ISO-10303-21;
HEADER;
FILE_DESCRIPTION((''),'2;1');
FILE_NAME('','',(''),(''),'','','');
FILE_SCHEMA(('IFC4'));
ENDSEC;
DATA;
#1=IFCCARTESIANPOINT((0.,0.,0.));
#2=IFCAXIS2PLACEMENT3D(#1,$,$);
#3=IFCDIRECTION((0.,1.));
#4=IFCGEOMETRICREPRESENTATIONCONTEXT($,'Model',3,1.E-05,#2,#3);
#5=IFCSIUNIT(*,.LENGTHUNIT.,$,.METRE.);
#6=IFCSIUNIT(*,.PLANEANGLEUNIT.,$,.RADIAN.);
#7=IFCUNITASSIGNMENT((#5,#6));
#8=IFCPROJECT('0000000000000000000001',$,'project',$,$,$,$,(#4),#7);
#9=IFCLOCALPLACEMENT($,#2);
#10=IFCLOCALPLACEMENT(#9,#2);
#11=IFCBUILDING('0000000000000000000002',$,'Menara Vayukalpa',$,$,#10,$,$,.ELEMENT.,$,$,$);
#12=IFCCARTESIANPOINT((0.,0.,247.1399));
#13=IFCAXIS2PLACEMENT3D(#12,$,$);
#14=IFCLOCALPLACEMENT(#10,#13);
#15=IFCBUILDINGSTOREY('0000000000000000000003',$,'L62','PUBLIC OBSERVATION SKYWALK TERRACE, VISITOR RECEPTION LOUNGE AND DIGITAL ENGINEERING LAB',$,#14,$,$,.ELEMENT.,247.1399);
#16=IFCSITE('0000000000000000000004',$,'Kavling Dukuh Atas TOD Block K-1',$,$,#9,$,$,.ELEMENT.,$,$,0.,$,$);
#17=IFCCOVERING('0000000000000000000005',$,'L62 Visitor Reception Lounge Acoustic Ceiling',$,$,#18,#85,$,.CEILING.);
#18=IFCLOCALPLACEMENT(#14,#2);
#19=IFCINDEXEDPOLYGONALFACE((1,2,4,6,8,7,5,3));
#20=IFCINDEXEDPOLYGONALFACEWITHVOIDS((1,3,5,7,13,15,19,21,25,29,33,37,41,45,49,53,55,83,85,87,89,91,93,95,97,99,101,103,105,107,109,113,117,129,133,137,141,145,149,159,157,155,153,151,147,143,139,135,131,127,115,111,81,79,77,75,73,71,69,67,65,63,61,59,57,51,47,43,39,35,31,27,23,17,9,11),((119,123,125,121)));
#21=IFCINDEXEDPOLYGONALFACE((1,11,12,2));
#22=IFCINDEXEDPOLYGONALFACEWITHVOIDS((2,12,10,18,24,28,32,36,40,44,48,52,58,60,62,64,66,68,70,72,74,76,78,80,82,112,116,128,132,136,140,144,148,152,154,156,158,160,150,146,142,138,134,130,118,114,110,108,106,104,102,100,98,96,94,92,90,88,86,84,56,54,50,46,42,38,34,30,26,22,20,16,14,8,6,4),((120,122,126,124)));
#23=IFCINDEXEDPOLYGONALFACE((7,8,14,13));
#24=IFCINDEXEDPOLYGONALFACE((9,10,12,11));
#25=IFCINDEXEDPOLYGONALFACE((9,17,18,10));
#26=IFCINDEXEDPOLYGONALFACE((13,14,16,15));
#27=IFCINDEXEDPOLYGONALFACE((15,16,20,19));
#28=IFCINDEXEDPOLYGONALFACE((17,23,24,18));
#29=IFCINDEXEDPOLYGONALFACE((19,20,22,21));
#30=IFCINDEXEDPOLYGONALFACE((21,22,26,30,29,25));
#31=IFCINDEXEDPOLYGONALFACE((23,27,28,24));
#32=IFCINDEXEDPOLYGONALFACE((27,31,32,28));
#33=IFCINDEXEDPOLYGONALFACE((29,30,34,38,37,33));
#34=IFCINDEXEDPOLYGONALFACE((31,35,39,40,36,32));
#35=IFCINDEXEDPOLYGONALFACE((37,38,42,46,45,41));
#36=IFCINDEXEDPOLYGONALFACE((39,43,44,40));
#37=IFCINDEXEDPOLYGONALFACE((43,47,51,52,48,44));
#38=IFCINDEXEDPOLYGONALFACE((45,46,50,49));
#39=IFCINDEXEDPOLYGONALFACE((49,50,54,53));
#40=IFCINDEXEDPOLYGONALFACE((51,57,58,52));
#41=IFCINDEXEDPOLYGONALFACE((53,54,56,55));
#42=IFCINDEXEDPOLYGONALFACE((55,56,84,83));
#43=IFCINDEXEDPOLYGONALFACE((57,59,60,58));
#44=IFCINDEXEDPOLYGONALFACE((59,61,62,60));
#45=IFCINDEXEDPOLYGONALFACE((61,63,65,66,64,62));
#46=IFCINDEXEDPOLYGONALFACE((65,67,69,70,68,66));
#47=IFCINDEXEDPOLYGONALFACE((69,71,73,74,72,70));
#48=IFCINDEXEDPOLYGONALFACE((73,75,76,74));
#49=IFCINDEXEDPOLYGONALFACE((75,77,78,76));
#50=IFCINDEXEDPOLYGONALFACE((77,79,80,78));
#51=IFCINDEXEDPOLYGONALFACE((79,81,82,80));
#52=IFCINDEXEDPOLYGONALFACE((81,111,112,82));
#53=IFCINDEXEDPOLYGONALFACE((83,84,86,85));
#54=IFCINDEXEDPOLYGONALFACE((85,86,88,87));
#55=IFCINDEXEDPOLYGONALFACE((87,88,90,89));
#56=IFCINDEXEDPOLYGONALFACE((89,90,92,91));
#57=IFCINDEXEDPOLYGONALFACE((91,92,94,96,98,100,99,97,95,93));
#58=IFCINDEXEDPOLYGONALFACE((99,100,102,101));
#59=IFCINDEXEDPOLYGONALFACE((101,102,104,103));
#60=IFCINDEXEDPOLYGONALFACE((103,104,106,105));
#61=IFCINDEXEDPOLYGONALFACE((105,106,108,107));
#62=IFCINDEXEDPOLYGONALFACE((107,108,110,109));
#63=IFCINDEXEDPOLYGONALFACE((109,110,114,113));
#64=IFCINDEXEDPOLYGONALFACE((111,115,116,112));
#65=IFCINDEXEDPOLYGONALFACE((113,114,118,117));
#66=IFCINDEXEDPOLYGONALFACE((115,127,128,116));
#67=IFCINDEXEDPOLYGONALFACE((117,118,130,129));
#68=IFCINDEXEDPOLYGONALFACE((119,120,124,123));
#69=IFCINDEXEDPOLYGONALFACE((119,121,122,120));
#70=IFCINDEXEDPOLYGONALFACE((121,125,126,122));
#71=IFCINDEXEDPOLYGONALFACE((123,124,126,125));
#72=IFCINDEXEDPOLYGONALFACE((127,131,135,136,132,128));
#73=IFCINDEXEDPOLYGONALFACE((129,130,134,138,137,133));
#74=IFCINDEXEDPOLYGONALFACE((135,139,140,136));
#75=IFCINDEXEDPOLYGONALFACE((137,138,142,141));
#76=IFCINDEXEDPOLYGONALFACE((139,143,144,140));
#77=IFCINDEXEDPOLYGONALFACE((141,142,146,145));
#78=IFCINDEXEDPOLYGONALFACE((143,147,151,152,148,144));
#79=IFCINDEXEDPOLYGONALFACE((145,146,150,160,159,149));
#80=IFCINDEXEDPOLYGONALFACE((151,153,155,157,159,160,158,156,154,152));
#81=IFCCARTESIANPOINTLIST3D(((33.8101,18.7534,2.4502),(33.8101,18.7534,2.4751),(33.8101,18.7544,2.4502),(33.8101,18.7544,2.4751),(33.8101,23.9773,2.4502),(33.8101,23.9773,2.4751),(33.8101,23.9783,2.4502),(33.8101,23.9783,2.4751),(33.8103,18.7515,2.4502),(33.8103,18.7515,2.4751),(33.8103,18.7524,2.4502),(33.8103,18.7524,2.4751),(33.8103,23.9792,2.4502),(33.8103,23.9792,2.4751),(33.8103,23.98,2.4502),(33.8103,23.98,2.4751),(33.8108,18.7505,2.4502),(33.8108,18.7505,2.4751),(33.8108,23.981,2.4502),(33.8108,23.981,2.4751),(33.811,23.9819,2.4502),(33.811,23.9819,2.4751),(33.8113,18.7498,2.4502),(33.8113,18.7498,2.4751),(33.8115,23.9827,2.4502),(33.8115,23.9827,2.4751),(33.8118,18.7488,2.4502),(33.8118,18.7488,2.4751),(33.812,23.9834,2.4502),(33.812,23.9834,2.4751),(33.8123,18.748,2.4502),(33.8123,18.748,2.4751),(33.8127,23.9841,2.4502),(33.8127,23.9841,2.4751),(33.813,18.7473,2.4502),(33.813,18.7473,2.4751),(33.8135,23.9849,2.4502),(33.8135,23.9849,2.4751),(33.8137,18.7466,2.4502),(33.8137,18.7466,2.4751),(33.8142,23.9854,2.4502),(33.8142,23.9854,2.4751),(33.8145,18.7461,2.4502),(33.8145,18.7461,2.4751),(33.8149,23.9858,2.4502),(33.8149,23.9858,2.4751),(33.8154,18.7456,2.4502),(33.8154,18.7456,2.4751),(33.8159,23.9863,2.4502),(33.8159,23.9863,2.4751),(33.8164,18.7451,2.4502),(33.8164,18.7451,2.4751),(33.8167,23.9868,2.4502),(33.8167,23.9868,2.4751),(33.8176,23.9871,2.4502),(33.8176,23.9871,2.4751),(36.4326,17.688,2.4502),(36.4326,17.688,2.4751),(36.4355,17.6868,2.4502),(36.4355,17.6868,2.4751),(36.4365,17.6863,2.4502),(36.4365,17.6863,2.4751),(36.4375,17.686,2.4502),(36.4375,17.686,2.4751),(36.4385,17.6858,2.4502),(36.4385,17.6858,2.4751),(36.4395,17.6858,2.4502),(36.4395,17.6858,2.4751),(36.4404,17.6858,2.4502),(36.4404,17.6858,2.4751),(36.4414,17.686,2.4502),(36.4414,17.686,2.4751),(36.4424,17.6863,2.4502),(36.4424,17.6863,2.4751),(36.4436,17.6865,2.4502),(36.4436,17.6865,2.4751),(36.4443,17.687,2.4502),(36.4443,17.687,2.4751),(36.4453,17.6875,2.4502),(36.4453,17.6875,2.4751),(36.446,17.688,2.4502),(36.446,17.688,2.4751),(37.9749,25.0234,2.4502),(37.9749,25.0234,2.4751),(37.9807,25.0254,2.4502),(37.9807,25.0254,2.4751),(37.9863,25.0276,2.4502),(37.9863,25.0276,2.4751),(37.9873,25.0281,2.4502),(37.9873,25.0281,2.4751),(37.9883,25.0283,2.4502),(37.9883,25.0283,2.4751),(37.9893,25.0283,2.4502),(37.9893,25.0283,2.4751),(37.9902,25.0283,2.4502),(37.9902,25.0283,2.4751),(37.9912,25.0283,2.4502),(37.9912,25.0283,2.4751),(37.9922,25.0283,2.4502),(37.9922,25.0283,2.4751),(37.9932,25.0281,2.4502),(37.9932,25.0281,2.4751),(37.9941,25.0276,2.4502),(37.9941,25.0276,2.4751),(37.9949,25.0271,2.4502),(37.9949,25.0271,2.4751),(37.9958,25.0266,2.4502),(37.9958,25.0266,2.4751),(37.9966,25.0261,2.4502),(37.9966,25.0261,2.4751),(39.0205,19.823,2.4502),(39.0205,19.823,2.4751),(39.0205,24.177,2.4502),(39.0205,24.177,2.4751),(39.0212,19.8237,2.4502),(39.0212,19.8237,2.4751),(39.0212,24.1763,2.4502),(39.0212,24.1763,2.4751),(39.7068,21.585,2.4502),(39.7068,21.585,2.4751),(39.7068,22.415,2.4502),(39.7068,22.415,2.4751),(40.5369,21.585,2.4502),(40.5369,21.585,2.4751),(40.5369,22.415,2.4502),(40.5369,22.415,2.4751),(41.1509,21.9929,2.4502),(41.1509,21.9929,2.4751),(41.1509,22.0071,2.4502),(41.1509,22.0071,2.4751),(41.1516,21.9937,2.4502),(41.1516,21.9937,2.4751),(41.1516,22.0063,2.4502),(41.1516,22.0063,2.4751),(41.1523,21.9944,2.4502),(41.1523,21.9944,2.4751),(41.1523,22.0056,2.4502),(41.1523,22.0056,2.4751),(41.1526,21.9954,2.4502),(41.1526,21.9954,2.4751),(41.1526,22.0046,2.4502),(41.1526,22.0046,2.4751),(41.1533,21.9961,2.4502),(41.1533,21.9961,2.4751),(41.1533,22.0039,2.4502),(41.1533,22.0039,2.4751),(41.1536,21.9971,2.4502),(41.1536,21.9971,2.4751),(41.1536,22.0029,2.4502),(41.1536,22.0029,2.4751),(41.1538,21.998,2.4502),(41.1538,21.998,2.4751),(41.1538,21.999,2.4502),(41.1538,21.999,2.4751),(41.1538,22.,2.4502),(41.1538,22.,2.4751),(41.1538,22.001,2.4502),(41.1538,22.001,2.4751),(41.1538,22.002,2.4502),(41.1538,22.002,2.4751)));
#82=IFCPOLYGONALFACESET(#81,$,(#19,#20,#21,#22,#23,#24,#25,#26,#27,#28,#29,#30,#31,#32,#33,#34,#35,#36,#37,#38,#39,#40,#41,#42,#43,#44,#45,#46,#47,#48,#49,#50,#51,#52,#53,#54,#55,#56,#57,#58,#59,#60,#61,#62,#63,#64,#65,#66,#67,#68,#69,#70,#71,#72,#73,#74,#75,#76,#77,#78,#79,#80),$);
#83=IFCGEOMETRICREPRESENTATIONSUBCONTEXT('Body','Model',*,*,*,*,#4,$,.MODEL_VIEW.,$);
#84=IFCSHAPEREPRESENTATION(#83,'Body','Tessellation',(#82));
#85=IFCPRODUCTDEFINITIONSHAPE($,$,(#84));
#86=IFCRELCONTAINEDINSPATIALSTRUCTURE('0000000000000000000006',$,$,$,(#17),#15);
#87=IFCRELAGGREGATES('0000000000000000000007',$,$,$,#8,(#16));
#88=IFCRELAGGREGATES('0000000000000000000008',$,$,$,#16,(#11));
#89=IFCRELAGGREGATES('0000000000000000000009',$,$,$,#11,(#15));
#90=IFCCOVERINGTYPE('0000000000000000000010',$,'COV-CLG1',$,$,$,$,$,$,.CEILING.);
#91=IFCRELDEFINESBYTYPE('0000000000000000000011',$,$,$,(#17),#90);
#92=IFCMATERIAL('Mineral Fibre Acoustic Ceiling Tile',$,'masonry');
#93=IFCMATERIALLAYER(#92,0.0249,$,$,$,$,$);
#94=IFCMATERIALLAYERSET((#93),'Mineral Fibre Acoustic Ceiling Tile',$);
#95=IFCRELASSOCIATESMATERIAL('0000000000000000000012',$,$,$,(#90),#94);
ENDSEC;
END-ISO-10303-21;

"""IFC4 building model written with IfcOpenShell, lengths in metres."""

from ifc_helpers import new_model, si_unit, direction, frame, origin, place, context, subcontext, project, spatial, polyline, outline, extrude, material, layer, layer_set, type_object, element, save


model = new_model("IFC4")

# Units and contexts
model_context = context("Model", 3, precision=1e-05, world=origin(), true_north=direction((0.0, 1.0)))
body_context = subcontext(model_context, "Body", "Model", "MODEL_VIEW")
ifc_project = project(units=[si_unit("LENGTHUNIT", "METRE"), si_unit("PLANEANGLEUNIT", "RADIAN")], contexts=[model_context])

# Site, building, storey
site_placement = place(None, origin())
site = spatial("IfcSite", under=ifc_project, at=site_placement, Name="Kavling Dukuh Atas TOD Block K-1", CompositionType="ELEMENT", RefElevation=0.0)
building_placement = place(site_placement, origin())
building = spatial("IfcBuilding", under=site, at=building_placement, Name="Menara Vayukalpa", CompositionType="ELEMENT")
storey_placement = place(building_placement, frame((0.0, 0.0, 247.1399)))
storey = spatial("IfcBuildingStorey", under=building, at=storey_placement, Name="L62", Description="PUBLIC OBSERVATION SKYWALK TERRACE, VISITOR RECEPTION LOUNGE AND DIGITAL ENGINEERING LAB", CompositionType="ELEMENT", Elevation=247.1399)

# Covering
ifc_material_1 = material(Name="Mineral Fibre Acoustic Ceiling Tile", Category="masonry")
ifc_layer_1 = layer(ifc_material_1, 0.0249)
ifc_layer_set_1 = layer_set([ifc_layer_1], Name="Mineral Fibre Acoustic Ceiling Tile")
covering_type_1 = type_object("IfcCoveringType", Name="COV-CLG1", PredefinedType="CEILING", material=ifc_layer_set_1)
covering_1_placement = place(storey_placement, frame((0.0, 0.0, 2.4502)))
element("IfcCovering", 1, at=covering_1_placement, inside=storey, type_object=covering_type_1, Name="L62 Visitor Reception Lounge Acoustic Ceiling", PredefinedType="CEILING", context=body_context, shape_type="SweptSolid", body=[
    extrude(outline(polyline([(41.1509, 22.0071), (41.1516, 22.0063), (41.1523, 22.0056), (41.1526, 22.0046), (41.1533, 22.0039), (41.1536, 22.0029), (41.1538, 22.002), (41.1538, 22.001), (41.1538, 22.0), (41.1538, 21.999), (41.1538, 21.998), (41.1536, 21.9971), (41.1533, 21.9961), (41.1526, 21.9954), (41.1523, 21.9944), (41.1516, 21.9937), (41.1509, 21.9929), (39.0212, 19.8237), (39.0205, 19.823), (36.446, 17.688), (36.4453, 17.6875), (36.4443, 17.687), (36.4436, 17.6865), (36.4424, 17.6863), (36.4414, 17.686), (36.4404, 17.6858), (36.4395, 17.6858), (36.4385, 17.6858), (36.4375, 17.686), (36.4365, 17.6863), (36.4355, 17.6868), (36.4326, 17.688), (33.8164, 18.7451), (33.8154, 18.7456), (33.8145, 18.7461), (33.8137, 18.7466), (33.813, 18.7473), (33.8123, 18.748), (33.8118, 18.7488), (33.8113, 18.7498), (33.8108, 18.7505), (33.8103, 18.7515), (33.8103, 18.7524), (33.8101, 18.7534), (33.8101, 18.7544), (33.8101, 23.9773), (33.8101, 23.9783), (33.8103, 23.9792), (33.8103, 23.98), (33.8108, 23.981), (33.811, 23.9819), (33.8115, 23.9827), (33.812, 23.9834), (33.8127, 23.9841), (33.8135, 23.9849), (33.8142, 23.9854), (33.8149, 23.9858), (33.8159, 23.9863), (33.8167, 23.9868), (33.8176, 23.9871), (37.9749, 25.0234), (37.9807, 25.0254), (37.9863, 25.0276), (37.9873, 25.0281), (37.9883, 25.0283), (37.9893, 25.0283), (37.9902, 25.0283), (37.9912, 25.0283), (37.9922, 25.0283), (37.9932, 25.0281), (37.9941, 25.0276), (37.9949, 25.0271), (37.9958, 25.0266), (37.9966, 25.0261), (39.0205, 24.177), (39.0212, 24.1763), (41.1509, 22.0071)]), holes=[polyline([(40.5369, 22.415), (39.7068, 22.415), (39.7068, 21.585), (40.5369, 21.585), (40.5369, 22.415)])]), origin(), (0.0, 0.0, 1.0), 0.0249),
])

save(model, "model.ifc")
